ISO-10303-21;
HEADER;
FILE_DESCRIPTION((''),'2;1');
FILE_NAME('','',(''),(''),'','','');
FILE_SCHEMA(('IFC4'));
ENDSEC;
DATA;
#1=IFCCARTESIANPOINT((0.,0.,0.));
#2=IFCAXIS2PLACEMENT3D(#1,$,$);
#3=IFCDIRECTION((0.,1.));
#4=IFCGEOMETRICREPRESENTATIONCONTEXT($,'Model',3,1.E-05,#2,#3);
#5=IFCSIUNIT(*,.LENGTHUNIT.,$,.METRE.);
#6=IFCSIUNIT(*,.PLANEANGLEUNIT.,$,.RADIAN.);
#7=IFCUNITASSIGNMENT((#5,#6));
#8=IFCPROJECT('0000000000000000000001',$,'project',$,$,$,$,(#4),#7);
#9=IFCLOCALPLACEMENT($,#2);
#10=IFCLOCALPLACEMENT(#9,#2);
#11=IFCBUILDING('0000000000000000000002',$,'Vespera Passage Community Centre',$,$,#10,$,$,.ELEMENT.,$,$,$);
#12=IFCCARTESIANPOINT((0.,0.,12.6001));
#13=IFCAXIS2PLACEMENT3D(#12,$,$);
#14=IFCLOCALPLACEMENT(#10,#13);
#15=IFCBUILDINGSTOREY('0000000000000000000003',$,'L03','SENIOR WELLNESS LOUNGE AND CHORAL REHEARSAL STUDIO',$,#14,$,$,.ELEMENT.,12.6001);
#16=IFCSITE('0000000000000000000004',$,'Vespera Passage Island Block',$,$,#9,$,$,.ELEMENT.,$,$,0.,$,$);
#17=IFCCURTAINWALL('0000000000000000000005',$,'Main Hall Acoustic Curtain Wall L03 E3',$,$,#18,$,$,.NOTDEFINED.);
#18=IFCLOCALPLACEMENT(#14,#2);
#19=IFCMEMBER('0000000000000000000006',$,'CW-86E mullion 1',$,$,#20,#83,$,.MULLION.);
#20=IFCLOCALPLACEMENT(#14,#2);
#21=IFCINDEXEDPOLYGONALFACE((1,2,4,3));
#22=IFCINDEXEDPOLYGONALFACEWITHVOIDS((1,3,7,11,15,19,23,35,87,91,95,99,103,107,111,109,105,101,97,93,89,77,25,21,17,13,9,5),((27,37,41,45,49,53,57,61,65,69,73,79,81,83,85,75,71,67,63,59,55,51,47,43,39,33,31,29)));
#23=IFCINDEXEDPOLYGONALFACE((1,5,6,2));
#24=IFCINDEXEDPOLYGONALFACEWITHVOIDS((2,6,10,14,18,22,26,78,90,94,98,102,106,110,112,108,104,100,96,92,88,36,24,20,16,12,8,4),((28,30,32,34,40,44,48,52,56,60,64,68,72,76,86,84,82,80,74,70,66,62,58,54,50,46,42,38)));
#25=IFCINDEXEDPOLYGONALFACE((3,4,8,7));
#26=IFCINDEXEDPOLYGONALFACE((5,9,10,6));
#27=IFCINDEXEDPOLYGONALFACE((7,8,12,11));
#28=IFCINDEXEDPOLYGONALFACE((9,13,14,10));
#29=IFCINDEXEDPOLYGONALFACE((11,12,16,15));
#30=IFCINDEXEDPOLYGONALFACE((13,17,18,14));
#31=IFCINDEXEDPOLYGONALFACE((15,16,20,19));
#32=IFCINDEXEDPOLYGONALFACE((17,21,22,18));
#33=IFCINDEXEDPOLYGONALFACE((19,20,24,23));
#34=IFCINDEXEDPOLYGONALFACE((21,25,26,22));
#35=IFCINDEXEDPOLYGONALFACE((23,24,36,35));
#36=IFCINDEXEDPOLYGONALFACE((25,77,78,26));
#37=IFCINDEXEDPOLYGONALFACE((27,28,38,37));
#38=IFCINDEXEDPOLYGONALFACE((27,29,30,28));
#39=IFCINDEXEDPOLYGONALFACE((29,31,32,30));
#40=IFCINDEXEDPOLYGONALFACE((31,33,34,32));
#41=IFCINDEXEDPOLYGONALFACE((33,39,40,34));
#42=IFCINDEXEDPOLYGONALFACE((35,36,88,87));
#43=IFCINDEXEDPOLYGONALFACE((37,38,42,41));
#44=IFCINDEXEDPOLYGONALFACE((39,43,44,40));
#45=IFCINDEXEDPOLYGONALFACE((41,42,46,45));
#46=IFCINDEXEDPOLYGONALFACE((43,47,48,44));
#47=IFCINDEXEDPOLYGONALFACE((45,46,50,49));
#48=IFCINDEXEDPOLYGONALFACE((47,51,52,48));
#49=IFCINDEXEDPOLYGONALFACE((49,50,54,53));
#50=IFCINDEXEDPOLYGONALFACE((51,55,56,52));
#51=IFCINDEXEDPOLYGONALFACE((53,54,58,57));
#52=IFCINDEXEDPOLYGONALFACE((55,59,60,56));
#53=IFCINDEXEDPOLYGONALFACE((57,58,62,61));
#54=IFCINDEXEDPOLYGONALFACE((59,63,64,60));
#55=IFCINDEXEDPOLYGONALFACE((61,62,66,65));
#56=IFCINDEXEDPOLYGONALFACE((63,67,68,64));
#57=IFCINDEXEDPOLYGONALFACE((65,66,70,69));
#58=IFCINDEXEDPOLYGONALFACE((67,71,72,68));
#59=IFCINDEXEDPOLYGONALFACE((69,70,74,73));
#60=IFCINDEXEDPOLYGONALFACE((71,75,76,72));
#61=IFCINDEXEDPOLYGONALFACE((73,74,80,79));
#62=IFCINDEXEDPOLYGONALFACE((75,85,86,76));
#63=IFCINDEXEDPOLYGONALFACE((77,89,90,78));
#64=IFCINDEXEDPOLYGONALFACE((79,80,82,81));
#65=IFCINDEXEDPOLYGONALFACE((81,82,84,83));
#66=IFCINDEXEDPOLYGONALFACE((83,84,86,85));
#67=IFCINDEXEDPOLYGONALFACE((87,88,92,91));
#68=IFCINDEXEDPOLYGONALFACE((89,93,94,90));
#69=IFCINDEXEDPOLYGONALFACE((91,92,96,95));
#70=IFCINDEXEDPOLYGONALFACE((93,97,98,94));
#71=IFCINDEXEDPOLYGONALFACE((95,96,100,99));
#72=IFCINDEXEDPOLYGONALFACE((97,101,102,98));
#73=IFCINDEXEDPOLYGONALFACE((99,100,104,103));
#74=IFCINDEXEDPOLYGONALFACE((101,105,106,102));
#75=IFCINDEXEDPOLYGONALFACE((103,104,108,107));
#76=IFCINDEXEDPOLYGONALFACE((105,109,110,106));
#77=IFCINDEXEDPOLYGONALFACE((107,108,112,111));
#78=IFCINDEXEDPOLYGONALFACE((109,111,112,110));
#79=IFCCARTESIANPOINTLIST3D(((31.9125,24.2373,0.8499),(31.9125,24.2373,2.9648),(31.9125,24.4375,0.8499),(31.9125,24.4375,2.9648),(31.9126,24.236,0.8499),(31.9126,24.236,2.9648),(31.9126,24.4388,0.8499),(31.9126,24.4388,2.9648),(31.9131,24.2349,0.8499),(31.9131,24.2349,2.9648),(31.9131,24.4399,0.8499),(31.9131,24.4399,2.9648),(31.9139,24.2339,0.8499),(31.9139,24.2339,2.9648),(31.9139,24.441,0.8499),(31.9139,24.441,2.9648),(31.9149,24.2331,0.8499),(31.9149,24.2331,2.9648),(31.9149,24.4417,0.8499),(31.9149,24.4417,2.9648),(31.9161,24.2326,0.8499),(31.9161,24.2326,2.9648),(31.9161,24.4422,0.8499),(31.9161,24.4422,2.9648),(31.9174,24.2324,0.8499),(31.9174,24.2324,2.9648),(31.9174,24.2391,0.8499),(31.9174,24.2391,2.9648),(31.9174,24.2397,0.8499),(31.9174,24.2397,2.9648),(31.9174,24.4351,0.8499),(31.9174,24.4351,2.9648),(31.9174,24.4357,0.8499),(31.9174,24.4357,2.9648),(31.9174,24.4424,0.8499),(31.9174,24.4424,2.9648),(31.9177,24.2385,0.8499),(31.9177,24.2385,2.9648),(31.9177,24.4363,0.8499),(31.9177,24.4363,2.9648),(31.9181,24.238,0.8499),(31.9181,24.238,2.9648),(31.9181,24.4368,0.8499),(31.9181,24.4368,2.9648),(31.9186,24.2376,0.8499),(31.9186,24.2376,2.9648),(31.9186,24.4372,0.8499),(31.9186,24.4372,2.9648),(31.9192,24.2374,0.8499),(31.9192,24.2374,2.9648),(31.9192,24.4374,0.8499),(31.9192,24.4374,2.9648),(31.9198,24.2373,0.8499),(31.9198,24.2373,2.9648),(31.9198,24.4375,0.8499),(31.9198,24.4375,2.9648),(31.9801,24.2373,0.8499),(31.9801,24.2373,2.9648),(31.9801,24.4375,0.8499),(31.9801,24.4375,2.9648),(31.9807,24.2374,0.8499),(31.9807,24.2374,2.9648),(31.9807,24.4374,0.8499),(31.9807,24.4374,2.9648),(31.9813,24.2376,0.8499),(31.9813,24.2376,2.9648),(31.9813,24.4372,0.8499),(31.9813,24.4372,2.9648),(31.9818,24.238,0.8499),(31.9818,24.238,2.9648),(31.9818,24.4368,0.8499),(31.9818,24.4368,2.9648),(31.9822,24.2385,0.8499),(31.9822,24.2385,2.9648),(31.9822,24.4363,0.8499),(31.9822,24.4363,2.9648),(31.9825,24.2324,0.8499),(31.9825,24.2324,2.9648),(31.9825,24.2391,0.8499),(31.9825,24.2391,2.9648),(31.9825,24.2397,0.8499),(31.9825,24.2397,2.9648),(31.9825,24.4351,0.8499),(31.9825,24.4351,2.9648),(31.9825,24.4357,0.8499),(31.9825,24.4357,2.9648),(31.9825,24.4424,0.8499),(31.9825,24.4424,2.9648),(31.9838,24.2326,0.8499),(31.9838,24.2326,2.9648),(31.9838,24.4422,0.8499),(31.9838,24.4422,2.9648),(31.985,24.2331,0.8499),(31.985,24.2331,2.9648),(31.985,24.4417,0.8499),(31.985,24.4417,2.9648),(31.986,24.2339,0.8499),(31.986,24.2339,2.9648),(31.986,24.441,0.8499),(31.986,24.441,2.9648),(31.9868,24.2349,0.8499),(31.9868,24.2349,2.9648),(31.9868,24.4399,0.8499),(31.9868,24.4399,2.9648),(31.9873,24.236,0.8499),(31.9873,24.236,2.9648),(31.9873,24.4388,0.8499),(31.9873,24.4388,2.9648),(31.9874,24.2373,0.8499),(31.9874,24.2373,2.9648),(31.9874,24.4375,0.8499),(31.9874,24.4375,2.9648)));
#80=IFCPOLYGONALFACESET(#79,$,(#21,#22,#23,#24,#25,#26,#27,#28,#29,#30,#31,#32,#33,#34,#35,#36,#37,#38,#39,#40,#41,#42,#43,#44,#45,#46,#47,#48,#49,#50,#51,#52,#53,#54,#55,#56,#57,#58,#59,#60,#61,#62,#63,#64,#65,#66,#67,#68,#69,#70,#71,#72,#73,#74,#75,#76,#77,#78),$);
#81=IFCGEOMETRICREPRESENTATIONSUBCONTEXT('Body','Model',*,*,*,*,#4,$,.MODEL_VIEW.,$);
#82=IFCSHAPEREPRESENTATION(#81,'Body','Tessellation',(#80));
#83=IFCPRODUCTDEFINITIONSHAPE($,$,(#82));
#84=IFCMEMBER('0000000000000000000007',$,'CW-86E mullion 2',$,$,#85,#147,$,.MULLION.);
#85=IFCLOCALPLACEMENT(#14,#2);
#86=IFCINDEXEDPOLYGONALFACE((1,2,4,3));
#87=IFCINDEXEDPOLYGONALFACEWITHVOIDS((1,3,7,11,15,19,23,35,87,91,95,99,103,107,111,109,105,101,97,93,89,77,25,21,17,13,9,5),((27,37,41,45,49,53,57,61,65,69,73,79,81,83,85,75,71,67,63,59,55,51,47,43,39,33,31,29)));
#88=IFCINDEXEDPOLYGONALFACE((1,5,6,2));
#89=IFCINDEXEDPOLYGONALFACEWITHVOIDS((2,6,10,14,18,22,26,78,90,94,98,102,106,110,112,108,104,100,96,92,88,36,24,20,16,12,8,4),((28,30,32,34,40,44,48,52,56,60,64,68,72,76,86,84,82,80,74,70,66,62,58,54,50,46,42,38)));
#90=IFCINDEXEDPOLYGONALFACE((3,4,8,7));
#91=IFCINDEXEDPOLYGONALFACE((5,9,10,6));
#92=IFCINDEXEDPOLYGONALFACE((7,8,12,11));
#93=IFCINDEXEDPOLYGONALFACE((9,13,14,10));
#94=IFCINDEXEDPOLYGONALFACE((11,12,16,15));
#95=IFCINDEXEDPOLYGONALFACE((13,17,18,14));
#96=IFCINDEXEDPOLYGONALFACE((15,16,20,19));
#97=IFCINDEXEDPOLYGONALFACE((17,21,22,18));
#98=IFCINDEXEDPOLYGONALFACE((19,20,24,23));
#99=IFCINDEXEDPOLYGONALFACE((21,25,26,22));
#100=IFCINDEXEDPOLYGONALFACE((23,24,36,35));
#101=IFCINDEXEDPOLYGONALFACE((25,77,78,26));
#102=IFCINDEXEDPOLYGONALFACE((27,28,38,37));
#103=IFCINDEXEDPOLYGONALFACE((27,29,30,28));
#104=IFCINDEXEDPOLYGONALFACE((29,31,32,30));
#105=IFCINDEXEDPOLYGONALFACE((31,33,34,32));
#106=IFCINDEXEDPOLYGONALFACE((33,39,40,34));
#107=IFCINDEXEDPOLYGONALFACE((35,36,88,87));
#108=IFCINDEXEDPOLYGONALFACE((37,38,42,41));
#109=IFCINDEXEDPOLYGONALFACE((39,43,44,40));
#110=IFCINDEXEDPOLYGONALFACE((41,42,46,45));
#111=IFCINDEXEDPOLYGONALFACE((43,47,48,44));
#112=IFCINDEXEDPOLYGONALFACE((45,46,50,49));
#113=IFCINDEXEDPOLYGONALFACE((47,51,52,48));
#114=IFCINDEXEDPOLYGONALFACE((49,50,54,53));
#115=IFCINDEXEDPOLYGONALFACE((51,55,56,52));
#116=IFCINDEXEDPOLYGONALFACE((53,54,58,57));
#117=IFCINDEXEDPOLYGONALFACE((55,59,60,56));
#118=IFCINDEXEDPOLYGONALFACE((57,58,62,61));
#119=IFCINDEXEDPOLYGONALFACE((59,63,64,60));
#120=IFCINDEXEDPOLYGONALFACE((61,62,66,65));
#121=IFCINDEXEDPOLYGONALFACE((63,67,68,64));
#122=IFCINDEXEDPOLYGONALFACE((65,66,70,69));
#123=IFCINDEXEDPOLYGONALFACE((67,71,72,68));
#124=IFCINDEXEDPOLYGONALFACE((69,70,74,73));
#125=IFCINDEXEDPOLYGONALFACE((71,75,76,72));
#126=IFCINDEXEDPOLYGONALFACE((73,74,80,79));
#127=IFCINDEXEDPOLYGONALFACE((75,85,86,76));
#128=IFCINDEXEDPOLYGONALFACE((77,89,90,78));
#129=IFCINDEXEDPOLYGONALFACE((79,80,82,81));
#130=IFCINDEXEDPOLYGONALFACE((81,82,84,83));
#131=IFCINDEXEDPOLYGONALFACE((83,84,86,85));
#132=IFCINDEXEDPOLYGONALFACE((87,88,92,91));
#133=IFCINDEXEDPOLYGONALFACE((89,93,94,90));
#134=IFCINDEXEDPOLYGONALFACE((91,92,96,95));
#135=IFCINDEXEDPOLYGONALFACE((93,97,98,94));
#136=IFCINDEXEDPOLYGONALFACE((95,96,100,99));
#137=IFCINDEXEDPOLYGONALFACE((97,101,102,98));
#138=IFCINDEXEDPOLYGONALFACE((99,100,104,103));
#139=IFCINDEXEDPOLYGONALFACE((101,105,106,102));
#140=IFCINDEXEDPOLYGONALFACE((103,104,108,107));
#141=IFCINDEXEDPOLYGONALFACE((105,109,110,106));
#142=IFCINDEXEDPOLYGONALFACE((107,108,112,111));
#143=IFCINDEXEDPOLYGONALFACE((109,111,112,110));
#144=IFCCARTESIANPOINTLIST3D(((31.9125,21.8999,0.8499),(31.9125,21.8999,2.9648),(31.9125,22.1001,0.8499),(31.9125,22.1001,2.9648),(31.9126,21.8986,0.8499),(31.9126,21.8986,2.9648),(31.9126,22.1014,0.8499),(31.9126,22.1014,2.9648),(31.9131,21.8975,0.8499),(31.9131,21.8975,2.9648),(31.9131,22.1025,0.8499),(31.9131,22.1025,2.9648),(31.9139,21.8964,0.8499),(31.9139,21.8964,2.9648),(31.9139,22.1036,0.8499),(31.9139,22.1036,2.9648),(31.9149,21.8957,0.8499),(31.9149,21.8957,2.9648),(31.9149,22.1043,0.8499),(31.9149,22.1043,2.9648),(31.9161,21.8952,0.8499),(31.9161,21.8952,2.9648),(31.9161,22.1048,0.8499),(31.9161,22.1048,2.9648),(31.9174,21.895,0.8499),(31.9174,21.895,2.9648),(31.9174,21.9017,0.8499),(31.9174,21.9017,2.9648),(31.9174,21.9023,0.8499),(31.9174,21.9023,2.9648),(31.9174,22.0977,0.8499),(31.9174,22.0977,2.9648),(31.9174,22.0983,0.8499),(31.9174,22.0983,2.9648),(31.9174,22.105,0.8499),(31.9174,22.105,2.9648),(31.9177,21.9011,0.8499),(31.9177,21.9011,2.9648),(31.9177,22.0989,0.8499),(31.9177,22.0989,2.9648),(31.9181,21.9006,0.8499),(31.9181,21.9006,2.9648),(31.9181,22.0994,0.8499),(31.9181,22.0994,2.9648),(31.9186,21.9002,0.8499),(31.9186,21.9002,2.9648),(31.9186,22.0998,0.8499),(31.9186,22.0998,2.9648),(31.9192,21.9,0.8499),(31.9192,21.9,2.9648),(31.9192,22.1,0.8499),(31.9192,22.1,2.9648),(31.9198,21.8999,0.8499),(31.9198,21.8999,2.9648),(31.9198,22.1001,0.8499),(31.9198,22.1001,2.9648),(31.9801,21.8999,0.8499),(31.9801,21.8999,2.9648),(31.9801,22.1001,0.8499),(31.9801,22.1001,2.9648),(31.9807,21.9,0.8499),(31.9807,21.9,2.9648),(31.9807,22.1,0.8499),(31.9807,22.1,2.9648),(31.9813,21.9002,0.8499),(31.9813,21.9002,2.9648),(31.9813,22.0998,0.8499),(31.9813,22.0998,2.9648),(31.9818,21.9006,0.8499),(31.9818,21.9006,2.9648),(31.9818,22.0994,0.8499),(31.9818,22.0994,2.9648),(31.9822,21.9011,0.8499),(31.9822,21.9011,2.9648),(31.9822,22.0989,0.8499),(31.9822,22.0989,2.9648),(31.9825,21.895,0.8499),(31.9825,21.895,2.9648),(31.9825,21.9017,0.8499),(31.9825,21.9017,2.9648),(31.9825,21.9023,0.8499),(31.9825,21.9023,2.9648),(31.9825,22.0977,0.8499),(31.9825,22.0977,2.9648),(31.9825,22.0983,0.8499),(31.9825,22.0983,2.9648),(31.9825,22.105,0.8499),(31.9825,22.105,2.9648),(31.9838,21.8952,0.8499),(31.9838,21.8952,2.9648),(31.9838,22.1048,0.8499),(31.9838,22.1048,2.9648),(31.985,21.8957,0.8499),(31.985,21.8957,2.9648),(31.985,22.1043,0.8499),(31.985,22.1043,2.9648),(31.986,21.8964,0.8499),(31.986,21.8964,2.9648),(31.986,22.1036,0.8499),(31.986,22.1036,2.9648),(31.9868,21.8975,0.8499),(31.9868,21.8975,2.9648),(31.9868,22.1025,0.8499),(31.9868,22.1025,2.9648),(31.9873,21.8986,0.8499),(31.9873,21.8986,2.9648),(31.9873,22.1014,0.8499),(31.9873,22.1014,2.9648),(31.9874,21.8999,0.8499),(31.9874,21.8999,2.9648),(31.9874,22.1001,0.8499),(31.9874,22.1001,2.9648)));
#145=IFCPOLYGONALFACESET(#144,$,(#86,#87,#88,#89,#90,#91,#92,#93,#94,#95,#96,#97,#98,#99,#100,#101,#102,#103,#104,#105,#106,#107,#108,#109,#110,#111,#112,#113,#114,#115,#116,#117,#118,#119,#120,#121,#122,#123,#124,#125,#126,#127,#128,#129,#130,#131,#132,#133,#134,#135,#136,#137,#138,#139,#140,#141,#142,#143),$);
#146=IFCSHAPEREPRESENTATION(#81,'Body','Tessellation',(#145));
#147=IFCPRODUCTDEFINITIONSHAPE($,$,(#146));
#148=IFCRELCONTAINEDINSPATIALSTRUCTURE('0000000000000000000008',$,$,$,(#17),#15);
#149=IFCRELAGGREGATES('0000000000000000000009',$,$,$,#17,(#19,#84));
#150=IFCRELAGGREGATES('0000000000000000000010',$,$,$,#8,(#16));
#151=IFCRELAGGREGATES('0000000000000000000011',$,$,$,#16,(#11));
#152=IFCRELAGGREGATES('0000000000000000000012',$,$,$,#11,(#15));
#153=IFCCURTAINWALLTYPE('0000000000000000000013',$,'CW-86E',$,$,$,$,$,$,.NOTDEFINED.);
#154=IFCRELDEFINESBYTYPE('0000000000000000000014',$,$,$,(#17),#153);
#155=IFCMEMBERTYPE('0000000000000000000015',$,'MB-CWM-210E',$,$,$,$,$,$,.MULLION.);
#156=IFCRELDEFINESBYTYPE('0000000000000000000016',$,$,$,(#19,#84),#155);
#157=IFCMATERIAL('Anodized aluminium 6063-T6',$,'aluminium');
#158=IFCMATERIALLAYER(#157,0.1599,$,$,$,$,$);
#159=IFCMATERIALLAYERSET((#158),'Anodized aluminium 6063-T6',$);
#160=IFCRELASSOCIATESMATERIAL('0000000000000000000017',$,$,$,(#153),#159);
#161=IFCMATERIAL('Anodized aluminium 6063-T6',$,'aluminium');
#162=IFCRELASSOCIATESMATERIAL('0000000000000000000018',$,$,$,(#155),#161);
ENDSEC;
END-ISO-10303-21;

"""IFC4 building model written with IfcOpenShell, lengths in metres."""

from ifc_helpers import new_model, si_unit, direction, frame, origin, origin_2d, place, context, subcontext, project, spatial, hollow_rectangle, extrude, material, layer, layer_set, material_profile, profile_set, type_object, element, aggregate, save


model = new_model("IFC4")

# Units and contexts
model_context = context("Model", 3, precision=1e-05, world=origin(), true_north=direction((0.0, 1.0)))
body_context = subcontext(model_context, "Body", "Model", "MODEL_VIEW")
ifc_project = project(units=[si_unit("LENGTHUNIT", "METRE"), si_unit("PLANEANGLEUNIT", "RADIAN")], contexts=[model_context])

# Site, building, storey
site_placement = place(None, origin())
site = spatial("IfcSite", under=ifc_project, at=site_placement, Name="Vespera Passage Island Block", CompositionType="ELEMENT", RefElevation=0.0)
building_placement = place(site_placement, origin())
building = spatial("IfcBuilding", under=site, at=building_placement, Name="Vespera Passage Community Centre", CompositionType="ELEMENT")
storey_placement = place(building_placement, frame((0.0, 0.0, 12.6001)))
storey = spatial("IfcBuildingStorey", under=building, at=storey_placement, Name="L03", Description="SENIOR WELLNESS LOUNGE AND CHORAL REHEARSAL STUDIO", CompositionType="ELEMENT", Elevation=12.6001)

# Curtain wall, members
ifc_material_1 = material(Name="Anodized aluminium 6063-T6", Category="aluminium")
ifc_layer_1 = layer(ifc_material_1, 0.1599)
ifc_layer_set_1 = layer_set([ifc_layer_1], Name="Anodized aluminium 6063-T6")
curtain_wall_type = type_object("IfcCurtainWallType", Name="CW-86E", PredefinedType="NOTDEFINED", material=ifc_layer_set_1)
ifc_material_2 = material(Name="Anodized aluminium 6063-T6", Category="aluminium")
ifc_material_profile_1 = material_profile(ifc_material_2, hollow_rectangle(XDim=0.075, YDim=0.21, WallThickness=0.0049, InnerFilletRadius=0.0024, OuterFilletRadius=0.0049, at=origin_2d()), Name="ALU210X75X5")
ifc_profile_set_1 = profile_set([ifc_material_profile_1], Name="Anodized aluminium 6063-T6")
member_type_1 = type_object("IfcMemberType", Name="MB-CWM-210E", PredefinedType="MULLION", material=ifc_profile_set_1)
curtain_wall_1_placement = place(storey_placement, origin())
curtain_wall_1 = element("IfcCurtainWall", 1, at=curtain_wall_1_placement, inside=storey, type_object=curtain_wall_type, Name="Main Hall Acoustic Curtain Wall L03 E3", PredefinedType="NOTDEFINED")
member_1_placement = place(storey_placement, frame((31.95, 24.3374, 0.8499), z_axis=(0.0, 0.0, 1.0), x_axis=(1.0, 0.0, 0.0)))
member_1 = element("IfcMember", 2, at=member_1_placement, type_object=member_type_1, Name="CW-86E mullion 1", PredefinedType="MULLION", context=body_context, shape_type="SweptSolid", body=[
    extrude(hollow_rectangle(XDim=0.075, YDim=0.21, WallThickness=0.0049, InnerFilletRadius=0.0024, OuterFilletRadius=0.0049, at=origin_2d()), origin(), (0.0, 0.0, 1.0), 2.115),
])
member_2_placement = place(storey_placement, frame((31.95, 22.0, 0.8499), z_axis=(0.0, 0.0, 1.0), x_axis=(1.0, 0.0, 0.0)))
member_2 = element("IfcMember", 3, at=member_2_placement, type_object=member_type_1, Name="CW-86E mullion 2", PredefinedType="MULLION", context=body_context, shape_type="SweptSolid", body=[
    extrude(hollow_rectangle(XDim=0.075, YDim=0.21, WallThickness=0.0049, InnerFilletRadius=0.0024, OuterFilletRadius=0.0049, at=origin_2d()), origin(), (0.0, 0.0, 1.0), 2.115),
])

aggregate(curtain_wall_1, [member_1, member_2])

save(model, "model.ifc")
